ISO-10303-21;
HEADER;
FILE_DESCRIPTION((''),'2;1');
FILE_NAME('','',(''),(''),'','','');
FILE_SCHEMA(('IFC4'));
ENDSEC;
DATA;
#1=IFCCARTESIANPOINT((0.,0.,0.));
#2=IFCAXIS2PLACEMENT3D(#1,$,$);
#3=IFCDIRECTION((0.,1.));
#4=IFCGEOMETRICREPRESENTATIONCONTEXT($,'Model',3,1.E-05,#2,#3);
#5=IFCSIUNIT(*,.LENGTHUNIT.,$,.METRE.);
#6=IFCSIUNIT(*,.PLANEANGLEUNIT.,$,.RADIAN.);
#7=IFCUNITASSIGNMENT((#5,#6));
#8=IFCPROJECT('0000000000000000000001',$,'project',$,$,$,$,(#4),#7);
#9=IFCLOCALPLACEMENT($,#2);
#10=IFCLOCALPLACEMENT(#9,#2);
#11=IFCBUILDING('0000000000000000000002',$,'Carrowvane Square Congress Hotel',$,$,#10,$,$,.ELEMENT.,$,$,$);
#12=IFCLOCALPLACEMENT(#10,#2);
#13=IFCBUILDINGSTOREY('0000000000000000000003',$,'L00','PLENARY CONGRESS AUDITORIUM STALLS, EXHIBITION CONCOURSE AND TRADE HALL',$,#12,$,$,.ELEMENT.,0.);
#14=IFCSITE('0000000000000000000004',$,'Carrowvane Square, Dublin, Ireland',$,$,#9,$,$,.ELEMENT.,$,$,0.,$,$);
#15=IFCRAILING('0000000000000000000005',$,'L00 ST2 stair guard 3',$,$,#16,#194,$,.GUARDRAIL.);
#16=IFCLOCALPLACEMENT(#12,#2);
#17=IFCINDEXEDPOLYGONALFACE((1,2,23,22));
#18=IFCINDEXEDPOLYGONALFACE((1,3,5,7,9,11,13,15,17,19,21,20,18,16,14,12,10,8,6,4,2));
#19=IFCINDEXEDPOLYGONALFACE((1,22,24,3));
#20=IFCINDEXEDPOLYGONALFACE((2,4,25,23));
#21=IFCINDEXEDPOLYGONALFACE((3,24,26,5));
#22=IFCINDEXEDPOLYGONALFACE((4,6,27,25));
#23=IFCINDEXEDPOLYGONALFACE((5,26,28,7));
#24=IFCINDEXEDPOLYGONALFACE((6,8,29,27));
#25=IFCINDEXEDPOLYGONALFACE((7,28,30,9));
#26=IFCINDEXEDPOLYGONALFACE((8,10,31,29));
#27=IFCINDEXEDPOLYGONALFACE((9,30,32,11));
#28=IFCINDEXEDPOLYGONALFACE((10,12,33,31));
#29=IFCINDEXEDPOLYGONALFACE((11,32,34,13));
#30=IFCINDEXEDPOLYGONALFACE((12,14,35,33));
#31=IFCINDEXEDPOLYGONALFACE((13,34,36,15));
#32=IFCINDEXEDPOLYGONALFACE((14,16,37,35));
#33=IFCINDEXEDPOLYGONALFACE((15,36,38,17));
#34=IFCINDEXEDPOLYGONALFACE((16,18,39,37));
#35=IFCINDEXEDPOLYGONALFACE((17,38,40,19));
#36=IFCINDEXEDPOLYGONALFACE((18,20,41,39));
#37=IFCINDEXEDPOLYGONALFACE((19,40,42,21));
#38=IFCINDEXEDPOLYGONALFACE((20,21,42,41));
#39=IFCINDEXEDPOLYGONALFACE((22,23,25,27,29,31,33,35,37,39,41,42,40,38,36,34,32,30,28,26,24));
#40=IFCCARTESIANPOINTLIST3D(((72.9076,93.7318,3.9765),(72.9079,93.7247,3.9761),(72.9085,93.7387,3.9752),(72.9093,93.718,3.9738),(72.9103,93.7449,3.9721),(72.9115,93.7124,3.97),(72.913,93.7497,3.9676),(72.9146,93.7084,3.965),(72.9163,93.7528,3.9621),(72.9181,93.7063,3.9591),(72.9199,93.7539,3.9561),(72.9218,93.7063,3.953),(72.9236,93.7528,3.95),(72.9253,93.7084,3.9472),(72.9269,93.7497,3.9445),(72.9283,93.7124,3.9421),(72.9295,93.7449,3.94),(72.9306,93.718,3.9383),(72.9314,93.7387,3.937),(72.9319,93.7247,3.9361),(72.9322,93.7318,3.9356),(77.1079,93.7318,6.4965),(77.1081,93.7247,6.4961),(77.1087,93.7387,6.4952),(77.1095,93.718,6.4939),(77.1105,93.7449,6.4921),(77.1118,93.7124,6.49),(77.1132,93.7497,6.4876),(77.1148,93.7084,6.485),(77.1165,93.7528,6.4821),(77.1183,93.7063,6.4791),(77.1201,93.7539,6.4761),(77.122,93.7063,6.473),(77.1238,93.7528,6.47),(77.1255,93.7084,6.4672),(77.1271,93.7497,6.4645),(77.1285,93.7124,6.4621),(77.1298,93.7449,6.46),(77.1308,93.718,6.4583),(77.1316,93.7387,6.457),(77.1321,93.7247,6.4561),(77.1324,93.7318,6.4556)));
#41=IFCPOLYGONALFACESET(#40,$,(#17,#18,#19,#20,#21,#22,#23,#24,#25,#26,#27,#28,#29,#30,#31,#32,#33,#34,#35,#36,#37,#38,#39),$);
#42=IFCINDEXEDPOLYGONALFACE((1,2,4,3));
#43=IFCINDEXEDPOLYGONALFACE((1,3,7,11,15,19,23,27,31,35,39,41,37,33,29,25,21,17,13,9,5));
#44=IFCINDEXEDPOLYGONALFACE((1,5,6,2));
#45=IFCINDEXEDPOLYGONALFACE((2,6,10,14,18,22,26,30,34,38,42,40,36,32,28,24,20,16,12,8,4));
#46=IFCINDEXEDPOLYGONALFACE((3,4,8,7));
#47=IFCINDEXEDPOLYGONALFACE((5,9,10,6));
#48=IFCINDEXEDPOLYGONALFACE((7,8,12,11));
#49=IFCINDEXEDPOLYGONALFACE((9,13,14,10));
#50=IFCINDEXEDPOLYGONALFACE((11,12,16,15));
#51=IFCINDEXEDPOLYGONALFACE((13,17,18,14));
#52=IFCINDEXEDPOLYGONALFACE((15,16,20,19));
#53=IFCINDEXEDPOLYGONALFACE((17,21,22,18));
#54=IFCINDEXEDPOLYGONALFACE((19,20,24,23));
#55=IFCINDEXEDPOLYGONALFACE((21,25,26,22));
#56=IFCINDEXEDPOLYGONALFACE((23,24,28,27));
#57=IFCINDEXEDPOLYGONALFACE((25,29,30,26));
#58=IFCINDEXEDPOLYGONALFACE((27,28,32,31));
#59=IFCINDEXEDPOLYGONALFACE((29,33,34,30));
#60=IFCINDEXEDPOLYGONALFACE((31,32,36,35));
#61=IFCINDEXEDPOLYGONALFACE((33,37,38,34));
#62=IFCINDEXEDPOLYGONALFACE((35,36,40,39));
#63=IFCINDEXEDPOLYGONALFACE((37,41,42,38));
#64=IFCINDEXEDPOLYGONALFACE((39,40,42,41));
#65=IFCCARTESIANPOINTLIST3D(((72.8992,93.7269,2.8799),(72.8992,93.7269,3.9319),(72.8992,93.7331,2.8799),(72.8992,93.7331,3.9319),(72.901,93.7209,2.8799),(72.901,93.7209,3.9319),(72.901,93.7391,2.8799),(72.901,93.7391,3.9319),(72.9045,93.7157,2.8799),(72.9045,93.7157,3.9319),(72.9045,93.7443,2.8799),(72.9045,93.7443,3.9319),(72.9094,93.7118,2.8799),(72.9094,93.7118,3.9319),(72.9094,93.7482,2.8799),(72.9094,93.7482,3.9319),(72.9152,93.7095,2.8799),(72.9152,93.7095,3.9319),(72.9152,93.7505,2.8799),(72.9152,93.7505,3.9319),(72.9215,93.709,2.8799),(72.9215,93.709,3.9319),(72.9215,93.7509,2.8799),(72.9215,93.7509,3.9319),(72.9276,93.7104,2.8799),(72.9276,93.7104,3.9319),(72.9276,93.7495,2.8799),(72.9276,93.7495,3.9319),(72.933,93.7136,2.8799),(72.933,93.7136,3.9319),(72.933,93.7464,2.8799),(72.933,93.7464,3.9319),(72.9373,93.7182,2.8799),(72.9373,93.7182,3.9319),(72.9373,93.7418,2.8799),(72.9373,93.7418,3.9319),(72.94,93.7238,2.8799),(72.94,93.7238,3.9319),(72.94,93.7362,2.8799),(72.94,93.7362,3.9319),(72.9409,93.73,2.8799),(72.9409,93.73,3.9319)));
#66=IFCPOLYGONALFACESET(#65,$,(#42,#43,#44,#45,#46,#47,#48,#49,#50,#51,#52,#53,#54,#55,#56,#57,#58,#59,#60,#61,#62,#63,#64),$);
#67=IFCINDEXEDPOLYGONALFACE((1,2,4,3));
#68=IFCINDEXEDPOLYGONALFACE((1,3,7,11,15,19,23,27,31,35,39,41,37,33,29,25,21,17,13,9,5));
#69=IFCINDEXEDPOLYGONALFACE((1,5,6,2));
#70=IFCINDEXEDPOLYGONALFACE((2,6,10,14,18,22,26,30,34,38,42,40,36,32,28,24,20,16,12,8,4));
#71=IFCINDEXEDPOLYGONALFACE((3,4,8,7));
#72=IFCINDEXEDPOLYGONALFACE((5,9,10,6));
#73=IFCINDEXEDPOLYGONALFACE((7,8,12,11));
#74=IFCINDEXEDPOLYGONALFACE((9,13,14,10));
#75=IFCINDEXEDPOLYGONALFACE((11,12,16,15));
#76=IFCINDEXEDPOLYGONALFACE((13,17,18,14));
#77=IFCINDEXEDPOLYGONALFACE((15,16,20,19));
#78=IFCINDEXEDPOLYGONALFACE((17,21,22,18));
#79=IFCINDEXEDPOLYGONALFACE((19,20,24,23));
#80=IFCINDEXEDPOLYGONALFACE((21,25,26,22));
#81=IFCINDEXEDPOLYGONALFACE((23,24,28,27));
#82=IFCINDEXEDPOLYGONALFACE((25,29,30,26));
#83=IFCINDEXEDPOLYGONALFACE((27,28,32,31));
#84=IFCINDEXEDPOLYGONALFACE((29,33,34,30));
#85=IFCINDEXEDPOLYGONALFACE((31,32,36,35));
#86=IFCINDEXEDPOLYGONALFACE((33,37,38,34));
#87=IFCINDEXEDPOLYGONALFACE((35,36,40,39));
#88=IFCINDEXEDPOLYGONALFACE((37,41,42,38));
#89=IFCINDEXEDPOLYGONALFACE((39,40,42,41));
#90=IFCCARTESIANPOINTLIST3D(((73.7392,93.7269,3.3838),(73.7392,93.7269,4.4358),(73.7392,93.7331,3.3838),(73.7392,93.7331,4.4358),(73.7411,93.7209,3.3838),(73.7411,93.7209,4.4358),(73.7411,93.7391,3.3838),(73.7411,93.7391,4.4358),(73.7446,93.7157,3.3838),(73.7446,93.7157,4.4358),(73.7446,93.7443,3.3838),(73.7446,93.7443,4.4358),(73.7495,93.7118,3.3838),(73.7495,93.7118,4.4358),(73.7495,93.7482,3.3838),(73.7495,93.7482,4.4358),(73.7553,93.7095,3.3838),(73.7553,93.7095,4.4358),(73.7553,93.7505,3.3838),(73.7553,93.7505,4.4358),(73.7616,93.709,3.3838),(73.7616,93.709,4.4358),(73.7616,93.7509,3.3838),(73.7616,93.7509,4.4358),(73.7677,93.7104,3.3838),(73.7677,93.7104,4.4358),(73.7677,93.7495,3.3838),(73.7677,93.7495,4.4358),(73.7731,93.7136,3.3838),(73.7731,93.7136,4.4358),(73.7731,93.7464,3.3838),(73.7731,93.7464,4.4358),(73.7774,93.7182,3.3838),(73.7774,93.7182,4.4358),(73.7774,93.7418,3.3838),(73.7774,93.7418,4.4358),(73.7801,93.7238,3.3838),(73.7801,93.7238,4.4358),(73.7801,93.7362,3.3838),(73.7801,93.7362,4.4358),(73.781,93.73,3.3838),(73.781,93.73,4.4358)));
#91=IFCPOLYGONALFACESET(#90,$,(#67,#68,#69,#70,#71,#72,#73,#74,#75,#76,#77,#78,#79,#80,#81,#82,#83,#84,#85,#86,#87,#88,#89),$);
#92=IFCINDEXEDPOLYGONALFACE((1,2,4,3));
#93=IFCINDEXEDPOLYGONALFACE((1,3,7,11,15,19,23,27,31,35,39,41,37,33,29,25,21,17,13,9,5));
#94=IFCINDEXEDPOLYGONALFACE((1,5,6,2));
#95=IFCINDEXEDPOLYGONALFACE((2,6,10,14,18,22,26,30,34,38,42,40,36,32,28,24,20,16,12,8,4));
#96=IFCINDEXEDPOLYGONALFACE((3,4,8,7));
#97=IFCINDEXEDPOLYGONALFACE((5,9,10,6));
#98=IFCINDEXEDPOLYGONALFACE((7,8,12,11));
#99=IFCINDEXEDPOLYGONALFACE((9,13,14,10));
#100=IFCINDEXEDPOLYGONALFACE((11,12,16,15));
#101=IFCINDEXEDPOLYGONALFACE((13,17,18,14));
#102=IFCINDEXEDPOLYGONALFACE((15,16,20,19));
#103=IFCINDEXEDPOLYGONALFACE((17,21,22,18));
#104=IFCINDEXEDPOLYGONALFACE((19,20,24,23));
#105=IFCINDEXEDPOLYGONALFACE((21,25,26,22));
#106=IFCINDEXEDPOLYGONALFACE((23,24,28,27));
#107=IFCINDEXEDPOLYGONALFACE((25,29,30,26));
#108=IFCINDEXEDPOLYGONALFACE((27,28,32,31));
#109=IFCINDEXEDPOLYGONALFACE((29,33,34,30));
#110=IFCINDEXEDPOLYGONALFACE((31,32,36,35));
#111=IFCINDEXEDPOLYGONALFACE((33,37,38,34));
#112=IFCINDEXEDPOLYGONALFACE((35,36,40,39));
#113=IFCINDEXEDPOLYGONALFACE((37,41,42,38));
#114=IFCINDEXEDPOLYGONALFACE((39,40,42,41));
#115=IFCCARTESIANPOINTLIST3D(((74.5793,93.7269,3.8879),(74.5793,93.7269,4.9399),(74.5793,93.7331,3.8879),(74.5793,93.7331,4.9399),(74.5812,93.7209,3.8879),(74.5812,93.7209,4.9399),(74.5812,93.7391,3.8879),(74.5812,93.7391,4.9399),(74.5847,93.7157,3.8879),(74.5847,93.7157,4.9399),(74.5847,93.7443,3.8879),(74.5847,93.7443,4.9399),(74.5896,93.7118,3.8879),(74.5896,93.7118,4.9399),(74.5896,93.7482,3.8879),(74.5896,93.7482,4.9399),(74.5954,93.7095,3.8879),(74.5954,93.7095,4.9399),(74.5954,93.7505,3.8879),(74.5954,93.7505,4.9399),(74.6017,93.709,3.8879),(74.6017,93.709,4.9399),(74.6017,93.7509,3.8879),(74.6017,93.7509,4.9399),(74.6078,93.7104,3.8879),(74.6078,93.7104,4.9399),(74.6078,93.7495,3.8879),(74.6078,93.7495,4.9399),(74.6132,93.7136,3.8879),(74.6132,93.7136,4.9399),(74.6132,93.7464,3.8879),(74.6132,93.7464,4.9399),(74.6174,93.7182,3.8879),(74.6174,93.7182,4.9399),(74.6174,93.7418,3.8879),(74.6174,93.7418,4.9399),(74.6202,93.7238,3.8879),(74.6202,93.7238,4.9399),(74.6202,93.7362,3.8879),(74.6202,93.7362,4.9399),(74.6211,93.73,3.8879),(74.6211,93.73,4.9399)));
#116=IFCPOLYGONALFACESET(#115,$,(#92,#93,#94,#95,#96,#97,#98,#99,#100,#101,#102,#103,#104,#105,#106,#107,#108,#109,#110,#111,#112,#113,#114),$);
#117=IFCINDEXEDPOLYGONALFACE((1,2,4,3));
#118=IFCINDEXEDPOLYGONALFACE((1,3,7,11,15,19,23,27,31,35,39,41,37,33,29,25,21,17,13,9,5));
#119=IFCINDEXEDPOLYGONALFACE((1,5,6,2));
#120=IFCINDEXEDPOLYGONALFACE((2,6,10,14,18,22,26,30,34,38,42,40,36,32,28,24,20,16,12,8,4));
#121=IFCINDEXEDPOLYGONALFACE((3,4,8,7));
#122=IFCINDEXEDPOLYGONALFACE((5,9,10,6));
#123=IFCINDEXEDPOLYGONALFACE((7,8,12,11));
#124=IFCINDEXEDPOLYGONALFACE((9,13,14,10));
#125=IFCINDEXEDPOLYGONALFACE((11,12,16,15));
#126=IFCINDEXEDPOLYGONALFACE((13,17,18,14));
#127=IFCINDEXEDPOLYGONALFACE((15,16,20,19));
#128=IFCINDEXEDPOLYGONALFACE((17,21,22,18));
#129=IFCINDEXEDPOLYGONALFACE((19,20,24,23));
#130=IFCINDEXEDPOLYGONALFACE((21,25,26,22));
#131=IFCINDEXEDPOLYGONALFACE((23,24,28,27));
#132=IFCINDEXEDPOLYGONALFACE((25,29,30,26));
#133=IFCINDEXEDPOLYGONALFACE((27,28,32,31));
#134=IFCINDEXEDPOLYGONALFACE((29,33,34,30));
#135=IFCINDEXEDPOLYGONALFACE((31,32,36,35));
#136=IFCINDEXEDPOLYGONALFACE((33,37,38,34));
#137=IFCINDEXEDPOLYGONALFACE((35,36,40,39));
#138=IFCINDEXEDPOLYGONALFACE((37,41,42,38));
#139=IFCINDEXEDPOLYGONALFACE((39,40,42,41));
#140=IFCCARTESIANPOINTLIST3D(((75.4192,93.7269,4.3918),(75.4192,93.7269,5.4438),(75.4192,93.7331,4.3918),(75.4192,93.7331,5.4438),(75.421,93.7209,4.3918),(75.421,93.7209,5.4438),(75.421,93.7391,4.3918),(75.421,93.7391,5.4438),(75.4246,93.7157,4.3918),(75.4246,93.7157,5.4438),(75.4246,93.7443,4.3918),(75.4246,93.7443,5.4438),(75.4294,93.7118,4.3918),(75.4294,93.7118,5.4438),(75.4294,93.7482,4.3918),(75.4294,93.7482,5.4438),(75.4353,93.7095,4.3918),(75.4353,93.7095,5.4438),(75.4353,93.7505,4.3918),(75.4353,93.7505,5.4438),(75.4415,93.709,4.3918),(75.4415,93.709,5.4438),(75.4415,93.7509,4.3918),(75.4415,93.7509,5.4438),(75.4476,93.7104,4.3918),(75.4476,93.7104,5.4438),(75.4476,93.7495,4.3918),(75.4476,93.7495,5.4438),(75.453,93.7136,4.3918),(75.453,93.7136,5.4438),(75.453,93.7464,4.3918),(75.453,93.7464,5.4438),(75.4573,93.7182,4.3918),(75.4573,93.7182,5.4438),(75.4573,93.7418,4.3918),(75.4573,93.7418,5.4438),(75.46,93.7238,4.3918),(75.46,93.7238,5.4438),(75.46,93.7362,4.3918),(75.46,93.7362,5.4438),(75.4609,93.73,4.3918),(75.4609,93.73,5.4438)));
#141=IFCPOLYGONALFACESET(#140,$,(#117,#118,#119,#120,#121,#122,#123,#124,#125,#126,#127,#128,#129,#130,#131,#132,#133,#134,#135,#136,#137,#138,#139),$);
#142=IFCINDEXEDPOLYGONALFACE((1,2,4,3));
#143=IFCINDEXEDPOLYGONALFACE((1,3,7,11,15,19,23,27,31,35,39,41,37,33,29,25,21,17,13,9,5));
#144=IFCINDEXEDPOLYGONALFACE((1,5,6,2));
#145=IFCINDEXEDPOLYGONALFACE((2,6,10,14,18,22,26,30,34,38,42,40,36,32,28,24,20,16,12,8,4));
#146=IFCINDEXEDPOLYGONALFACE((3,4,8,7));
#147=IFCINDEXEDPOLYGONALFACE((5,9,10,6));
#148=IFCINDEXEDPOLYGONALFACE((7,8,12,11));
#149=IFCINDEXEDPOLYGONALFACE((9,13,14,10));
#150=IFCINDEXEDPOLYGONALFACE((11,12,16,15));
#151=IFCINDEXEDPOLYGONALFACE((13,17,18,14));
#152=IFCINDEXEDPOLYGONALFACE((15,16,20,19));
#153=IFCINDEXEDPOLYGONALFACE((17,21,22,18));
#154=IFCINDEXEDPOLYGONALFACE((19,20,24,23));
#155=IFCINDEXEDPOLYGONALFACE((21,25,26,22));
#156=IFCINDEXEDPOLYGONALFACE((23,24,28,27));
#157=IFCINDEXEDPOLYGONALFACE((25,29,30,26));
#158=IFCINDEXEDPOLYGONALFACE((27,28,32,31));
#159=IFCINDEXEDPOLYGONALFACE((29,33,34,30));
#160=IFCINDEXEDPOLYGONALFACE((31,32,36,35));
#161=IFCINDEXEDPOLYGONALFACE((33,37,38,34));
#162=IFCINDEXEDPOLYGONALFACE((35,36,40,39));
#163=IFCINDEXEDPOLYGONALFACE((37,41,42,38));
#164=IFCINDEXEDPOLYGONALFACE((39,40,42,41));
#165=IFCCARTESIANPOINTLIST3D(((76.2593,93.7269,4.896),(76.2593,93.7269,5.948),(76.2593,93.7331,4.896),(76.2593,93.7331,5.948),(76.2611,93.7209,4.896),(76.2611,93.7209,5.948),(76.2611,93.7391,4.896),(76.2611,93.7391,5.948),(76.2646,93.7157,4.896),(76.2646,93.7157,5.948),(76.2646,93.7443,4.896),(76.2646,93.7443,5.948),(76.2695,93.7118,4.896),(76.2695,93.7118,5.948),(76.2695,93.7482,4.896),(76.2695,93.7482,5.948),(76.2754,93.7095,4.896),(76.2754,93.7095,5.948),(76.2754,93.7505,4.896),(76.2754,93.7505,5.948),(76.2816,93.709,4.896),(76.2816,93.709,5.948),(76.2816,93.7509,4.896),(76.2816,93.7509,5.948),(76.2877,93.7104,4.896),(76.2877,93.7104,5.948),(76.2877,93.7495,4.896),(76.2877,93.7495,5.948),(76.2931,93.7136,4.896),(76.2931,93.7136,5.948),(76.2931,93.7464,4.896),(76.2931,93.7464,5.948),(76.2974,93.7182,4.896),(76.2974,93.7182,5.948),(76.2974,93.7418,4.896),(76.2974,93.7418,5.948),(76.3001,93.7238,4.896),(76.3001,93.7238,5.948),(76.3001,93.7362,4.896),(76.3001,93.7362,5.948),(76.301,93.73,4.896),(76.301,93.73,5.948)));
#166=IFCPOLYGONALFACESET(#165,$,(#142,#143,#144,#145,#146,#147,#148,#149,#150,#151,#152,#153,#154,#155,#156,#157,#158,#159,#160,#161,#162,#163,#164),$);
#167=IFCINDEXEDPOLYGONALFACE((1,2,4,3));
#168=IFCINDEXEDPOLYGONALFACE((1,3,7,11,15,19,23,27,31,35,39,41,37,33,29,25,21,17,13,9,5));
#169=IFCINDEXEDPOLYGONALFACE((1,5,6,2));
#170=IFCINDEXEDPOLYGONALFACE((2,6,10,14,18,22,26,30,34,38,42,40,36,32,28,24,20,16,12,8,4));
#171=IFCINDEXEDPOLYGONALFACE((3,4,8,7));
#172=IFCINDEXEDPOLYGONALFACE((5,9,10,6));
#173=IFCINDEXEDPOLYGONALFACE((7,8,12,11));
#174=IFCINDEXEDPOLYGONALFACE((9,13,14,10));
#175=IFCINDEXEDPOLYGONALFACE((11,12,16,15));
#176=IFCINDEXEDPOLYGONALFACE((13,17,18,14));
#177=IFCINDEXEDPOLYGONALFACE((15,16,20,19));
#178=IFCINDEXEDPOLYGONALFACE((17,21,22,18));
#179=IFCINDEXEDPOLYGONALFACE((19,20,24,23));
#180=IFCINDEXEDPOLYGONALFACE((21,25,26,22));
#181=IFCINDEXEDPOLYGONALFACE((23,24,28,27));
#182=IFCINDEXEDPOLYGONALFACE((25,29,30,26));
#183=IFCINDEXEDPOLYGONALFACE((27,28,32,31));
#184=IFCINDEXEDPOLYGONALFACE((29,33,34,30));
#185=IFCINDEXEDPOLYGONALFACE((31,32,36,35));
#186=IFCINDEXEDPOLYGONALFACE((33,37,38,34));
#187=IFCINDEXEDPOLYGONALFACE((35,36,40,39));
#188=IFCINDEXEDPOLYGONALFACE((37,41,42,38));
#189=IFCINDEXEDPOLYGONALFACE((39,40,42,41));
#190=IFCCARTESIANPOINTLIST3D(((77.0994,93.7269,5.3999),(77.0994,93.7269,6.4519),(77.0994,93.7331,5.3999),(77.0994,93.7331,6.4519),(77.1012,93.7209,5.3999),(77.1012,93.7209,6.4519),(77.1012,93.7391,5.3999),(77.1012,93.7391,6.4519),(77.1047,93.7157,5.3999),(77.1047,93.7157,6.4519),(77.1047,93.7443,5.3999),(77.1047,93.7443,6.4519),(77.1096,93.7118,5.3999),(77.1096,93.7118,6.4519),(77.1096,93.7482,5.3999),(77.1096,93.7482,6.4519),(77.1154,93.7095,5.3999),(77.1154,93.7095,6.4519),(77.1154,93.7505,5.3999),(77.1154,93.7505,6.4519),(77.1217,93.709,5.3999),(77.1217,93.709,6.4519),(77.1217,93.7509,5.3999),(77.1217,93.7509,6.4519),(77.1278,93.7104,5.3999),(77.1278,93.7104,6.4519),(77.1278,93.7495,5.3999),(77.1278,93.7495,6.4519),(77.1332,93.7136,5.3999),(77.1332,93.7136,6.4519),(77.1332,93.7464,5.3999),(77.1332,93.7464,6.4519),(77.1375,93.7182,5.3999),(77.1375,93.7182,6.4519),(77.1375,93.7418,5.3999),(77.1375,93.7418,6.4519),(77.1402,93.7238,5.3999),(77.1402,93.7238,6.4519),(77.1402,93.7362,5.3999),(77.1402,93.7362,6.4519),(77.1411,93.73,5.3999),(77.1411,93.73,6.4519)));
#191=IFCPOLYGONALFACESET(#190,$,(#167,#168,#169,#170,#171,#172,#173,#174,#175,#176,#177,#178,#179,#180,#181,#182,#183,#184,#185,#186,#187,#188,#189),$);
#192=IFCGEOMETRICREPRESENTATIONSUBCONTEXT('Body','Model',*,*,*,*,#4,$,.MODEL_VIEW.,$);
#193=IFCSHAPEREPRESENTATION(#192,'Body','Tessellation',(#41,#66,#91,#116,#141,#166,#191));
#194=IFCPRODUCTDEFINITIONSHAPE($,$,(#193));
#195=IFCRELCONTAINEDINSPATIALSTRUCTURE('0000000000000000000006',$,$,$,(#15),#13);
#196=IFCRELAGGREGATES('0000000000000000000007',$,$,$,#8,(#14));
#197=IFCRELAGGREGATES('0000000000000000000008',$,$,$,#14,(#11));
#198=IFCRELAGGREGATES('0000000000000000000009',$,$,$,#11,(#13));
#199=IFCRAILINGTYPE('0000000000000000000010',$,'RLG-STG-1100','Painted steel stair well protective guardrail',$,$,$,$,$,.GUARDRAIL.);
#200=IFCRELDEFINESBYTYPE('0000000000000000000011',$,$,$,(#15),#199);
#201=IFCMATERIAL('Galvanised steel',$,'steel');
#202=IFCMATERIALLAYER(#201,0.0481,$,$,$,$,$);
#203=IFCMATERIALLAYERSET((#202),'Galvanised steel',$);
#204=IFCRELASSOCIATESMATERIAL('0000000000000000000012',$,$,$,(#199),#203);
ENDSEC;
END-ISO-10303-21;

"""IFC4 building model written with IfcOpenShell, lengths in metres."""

from ifc_helpers import new_model, si_unit, direction, frame, origin, origin_2d, place, context, subcontext, project, spatial, circle, extrude, material, layer, layer_set, type_object, element, save


model = new_model("IFC4")

# Units and contexts
model_context = context("Model", 3, precision=1e-05, world=origin(), true_north=direction((0.0, 1.0)))
body_context = subcontext(model_context, "Body", "Model", "MODEL_VIEW")
ifc_project = project(units=[si_unit("LENGTHUNIT", "METRE"), si_unit("PLANEANGLEUNIT", "RADIAN")], contexts=[model_context])

# Site, building, storey
site_placement = place(None, origin())
site = spatial("IfcSite", under=ifc_project, at=site_placement, Name="Carrowvane Square, Dublin, Ireland", CompositionType="ELEMENT", RefElevation=0.0)
building_placement = place(site_placement, origin())
building = spatial("IfcBuilding", under=site, at=building_placement, Name="Carrowvane Square Congress Hotel", CompositionType="ELEMENT")
storey_placement = place(building_placement, origin())
storey = spatial("IfcBuildingStorey", under=building, at=storey_placement, Name="L00", Description="PLENARY CONGRESS AUDITORIUM STALLS, EXHIBITION CONCOURSE AND TRADE HALL", CompositionType="ELEMENT", Elevation=0.0)

# Railing
ifc_material_1 = material(Name="Galvanised steel", Category="steel")
ifc_layer_1 = layer(ifc_material_1, 0.0481)
ifc_layer_set_1 = layer_set([ifc_layer_1], Name="Galvanised steel")
railing_type_1 = type_object("IfcRailingType", Name="RLG-STG-1100", Description="Painted steel stair well protective guardrail", PredefinedType="GUARDRAIL", material=ifc_layer_set_1)
railing_1_placement = place(storey_placement, frame((72.9199, 93.73, 2.8799)))
element("IfcRailing", 1, at=railing_1_placement, inside=storey, type_object=railing_type_1, Name="L00 ST2 stair guard 3", PredefinedType="GUARDRAIL", context=body_context, shape_type="SweptSolid", body=[
    extrude(circle(Radius=0.0239, at=origin_2d()), frame((0.0, 0.0, 1.0762), z_axis=(0.857502, 0.0, 0.514481), x_axis=(0.0, 1.0, 0.0)), (0.0, 0.0, 1.0), 4.8982),
    extrude(circle(Radius=0.021, at=origin_2d()), origin(), (0.0, 0.0, 1.0), 1.052),
    extrude(circle(Radius=0.021, at=origin_2d()), frame((0.8401, 0.0, 0.5039)), (0.0, 0.0, 1.0), 1.052),
    extrude(circle(Radius=0.021, at=origin_2d()), frame((1.6802, 0.0, 1.0081)), (0.0, 0.0, 1.0), 1.052),
    extrude(circle(Radius=0.021, at=origin_2d()), frame((2.52, 0.0, 1.512)), (0.0, 0.0, 1.0), 1.052),
    extrude(circle(Radius=0.021, at=origin_2d()), frame((3.3601, 0.0, 2.0161)), (0.0, 0.0, 1.0), 1.052),
    extrude(circle(Radius=0.021, at=origin_2d()), frame((4.2002, 0.0, 2.52)), (0.0, 0.0, 1.0), 1.052),
])

save(model, "model.ifc")
